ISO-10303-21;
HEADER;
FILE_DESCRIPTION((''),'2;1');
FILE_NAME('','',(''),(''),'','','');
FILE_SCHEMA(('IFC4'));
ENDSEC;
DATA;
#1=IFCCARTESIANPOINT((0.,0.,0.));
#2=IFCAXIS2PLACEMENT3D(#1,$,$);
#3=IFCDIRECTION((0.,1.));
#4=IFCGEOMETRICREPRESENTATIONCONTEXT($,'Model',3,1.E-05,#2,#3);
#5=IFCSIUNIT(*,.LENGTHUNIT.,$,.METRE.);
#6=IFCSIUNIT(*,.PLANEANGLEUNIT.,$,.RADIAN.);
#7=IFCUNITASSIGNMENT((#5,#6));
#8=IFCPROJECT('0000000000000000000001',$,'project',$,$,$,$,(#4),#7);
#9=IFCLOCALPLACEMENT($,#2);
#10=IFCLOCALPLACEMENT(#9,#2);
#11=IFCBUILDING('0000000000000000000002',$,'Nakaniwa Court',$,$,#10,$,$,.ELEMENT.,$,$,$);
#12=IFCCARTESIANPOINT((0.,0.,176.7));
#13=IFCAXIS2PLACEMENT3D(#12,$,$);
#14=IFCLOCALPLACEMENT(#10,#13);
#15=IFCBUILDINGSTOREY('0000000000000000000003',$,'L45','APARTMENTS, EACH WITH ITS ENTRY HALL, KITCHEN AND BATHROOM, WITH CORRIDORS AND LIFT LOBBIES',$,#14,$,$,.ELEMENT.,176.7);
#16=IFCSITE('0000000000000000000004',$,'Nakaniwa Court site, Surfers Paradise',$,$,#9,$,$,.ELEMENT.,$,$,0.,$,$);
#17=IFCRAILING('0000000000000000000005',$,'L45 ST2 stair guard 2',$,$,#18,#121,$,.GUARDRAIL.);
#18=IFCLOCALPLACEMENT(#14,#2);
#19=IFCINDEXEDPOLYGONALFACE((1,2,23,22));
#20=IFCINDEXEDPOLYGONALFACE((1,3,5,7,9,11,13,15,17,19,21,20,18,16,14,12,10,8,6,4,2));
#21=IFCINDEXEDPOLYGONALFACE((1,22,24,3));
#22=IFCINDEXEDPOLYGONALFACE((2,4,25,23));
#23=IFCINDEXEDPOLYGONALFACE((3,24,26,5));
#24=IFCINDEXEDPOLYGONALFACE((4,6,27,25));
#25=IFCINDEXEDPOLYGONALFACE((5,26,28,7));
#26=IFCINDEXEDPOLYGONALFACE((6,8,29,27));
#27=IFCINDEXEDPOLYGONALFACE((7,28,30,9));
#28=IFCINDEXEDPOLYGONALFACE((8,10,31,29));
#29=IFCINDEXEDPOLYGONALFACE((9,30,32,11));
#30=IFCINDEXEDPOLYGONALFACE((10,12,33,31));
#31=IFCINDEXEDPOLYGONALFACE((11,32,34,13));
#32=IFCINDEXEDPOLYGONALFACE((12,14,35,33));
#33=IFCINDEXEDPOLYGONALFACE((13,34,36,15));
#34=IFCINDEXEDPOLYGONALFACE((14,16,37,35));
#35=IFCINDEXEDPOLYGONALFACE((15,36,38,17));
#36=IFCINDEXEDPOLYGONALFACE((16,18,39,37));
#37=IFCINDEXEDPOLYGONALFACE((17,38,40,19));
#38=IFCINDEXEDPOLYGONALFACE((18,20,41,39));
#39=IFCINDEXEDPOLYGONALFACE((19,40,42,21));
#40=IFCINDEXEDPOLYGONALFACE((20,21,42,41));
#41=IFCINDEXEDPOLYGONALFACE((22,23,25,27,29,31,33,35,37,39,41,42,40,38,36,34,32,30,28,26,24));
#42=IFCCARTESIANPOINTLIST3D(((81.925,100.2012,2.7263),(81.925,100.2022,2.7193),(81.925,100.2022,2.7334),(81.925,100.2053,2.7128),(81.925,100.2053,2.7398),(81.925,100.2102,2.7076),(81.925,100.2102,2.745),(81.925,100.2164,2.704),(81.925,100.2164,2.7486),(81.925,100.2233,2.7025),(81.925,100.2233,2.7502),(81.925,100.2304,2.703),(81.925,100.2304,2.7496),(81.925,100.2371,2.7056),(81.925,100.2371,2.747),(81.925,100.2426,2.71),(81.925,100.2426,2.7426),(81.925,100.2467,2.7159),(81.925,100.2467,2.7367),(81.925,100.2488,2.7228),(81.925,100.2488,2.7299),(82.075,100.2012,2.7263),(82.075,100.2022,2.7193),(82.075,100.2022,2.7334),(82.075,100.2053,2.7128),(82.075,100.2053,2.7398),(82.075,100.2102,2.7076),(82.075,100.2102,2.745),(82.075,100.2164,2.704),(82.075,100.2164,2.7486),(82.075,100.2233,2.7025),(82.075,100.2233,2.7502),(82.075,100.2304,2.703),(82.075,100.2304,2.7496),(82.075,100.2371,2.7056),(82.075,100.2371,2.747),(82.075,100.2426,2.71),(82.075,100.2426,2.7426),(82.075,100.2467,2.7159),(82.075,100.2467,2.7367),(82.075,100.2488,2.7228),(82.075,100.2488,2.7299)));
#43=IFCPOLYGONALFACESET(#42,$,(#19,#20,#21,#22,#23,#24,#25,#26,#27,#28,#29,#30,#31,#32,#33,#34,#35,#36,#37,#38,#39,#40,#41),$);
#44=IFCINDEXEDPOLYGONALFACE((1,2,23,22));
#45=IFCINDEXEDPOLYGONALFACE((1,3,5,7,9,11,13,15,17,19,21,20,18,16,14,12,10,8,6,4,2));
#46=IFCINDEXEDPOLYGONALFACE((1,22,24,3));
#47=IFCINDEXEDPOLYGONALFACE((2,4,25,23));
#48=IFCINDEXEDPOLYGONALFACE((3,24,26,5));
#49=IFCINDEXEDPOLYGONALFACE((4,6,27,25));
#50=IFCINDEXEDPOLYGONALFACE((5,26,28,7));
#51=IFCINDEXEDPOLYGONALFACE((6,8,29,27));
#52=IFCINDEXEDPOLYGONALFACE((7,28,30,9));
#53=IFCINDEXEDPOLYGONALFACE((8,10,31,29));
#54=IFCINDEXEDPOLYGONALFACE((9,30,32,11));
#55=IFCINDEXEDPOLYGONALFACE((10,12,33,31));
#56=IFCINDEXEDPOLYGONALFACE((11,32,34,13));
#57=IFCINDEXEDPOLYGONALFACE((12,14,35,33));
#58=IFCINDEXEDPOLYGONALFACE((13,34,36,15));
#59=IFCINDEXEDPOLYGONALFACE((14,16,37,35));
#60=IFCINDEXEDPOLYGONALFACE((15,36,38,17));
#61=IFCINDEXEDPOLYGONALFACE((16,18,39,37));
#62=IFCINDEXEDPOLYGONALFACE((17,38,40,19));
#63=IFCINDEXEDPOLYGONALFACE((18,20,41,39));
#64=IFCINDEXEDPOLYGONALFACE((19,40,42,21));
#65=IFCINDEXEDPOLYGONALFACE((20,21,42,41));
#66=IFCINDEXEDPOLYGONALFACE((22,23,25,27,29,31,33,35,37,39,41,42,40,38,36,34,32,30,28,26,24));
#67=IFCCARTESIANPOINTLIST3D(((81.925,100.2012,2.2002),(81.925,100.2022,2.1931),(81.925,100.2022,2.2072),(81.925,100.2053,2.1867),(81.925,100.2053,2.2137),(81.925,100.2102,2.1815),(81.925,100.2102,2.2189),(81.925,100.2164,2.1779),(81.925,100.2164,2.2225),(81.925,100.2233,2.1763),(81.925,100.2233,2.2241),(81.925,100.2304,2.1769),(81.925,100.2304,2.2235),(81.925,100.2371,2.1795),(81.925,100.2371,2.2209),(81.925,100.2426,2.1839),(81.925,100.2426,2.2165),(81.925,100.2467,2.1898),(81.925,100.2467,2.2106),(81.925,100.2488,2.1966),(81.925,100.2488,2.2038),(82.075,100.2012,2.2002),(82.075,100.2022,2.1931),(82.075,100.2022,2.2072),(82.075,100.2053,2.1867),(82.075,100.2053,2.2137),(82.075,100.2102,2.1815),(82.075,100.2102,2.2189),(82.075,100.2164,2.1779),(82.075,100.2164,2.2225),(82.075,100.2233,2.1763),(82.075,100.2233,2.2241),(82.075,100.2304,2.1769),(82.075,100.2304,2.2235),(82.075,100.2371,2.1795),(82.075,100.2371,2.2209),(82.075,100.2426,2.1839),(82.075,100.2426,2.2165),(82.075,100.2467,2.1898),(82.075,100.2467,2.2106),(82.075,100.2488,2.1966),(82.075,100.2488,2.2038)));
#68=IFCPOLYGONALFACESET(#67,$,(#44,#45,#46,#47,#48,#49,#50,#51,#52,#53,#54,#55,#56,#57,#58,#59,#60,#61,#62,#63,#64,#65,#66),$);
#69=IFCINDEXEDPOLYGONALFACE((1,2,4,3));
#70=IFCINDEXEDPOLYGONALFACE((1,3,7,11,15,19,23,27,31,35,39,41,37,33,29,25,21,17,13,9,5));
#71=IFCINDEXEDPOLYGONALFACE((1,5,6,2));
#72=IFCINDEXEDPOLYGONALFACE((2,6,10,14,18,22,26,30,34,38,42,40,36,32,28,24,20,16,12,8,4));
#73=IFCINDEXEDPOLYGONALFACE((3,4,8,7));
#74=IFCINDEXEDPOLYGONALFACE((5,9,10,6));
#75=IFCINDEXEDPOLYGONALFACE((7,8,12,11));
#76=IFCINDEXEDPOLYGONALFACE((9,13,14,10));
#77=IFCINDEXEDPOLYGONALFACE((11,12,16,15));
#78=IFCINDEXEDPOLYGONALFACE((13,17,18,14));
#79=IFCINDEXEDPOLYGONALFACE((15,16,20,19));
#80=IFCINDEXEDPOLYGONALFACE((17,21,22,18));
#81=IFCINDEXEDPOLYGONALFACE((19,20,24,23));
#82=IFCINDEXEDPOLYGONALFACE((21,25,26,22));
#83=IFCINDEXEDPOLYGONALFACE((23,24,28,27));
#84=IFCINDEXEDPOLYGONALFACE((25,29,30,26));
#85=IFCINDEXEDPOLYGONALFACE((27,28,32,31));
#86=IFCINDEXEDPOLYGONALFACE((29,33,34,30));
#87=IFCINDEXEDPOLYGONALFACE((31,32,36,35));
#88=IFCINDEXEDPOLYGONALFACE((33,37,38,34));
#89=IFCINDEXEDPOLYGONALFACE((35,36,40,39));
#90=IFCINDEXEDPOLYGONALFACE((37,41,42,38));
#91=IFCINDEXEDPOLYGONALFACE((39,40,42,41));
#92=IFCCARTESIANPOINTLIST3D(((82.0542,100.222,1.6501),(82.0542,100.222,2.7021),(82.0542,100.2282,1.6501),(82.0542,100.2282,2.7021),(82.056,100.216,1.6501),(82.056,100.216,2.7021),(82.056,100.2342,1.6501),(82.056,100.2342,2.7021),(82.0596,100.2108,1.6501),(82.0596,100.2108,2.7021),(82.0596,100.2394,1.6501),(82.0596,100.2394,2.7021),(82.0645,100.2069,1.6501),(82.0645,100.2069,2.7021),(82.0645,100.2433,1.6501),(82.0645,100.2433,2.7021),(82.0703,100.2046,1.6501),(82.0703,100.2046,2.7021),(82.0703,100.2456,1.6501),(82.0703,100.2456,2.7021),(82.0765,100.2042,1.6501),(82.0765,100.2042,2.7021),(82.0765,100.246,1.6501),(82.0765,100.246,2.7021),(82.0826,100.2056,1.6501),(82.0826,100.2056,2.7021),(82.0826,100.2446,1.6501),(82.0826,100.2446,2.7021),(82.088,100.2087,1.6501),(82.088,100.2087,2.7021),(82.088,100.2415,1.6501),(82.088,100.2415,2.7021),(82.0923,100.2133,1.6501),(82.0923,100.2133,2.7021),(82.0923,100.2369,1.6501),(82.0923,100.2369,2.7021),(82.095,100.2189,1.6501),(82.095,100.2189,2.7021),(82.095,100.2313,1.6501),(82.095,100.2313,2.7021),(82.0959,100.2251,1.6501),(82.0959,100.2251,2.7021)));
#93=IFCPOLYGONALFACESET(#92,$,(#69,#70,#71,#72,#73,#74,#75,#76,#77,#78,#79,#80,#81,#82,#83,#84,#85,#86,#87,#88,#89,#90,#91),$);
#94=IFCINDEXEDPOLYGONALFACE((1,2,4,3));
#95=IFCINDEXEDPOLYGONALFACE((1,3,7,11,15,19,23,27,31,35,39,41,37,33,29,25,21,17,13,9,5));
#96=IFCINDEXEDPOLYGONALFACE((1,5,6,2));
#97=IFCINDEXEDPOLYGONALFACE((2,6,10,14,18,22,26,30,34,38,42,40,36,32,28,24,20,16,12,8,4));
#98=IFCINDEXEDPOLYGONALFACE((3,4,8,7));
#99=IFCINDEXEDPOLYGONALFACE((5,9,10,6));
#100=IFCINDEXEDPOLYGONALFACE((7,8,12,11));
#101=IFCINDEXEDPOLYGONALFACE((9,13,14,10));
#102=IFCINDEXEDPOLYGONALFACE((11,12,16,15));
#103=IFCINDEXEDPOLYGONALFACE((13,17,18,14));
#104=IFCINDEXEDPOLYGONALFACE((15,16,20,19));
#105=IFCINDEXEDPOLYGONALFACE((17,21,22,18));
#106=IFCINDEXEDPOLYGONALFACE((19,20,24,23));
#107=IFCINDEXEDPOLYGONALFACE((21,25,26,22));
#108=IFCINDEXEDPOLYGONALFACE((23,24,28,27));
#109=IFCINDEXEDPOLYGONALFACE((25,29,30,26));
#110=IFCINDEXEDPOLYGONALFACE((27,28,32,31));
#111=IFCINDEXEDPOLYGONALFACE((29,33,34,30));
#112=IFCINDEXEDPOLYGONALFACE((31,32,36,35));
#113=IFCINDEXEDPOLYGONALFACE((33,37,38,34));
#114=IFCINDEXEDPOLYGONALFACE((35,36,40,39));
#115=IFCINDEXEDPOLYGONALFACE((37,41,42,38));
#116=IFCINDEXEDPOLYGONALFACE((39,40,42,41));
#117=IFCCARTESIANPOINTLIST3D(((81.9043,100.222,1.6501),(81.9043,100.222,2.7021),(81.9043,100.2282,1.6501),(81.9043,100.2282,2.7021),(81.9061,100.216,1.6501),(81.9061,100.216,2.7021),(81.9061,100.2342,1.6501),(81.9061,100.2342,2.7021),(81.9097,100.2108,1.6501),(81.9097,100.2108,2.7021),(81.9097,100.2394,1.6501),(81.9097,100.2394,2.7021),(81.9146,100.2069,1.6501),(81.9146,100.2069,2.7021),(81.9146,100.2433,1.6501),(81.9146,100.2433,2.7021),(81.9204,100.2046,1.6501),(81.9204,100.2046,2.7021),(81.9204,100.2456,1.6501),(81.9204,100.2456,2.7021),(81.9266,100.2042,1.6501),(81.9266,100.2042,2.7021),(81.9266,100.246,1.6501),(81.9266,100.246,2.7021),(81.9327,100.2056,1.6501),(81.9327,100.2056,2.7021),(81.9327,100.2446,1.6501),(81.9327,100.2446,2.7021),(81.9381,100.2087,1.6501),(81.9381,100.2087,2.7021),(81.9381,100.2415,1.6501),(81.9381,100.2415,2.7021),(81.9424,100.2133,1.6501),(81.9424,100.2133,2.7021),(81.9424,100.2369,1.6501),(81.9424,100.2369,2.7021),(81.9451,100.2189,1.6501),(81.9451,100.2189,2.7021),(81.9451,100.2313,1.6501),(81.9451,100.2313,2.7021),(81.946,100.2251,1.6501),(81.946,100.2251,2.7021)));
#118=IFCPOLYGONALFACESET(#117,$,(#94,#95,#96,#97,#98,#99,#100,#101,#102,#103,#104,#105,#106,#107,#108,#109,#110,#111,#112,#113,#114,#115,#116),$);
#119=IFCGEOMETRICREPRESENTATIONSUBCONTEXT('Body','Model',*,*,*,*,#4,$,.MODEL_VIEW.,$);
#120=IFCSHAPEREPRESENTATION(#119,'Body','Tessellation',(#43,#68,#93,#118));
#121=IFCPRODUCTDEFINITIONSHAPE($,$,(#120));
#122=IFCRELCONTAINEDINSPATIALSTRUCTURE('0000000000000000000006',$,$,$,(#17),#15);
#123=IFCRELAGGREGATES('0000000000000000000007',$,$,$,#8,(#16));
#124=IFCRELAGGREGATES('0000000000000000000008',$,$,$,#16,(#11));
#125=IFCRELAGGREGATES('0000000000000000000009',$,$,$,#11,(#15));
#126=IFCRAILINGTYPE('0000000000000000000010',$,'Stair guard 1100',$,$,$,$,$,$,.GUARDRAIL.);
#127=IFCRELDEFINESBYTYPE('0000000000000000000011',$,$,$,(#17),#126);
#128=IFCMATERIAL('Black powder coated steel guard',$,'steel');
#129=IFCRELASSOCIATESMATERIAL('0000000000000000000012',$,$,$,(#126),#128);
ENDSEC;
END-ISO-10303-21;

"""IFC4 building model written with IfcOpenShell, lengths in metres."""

from ifc_helpers import new_model, si_unit, direction, frame, origin, origin_2d, place, context, subcontext, project, spatial, circle, extrude, material, type_object, element, save


model = new_model("IFC4")

# Units and contexts
model_context = context("Model", 3, precision=1e-05, world=origin(), true_north=direction((0.0, 1.0)))
body_context = subcontext(model_context, "Body", "Model", "MODEL_VIEW")
ifc_project = project(units=[si_unit("LENGTHUNIT", "METRE"), si_unit("PLANEANGLEUNIT", "RADIAN")], contexts=[model_context])

# Site, building, storey
site_placement = place(None, origin())
site = spatial("IfcSite", under=ifc_project, at=site_placement, Name="Nakaniwa Court site, Surfers Paradise", CompositionType="ELEMENT", RefElevation=0.0)
building_placement = place(site_placement, origin())
building = spatial("IfcBuilding", under=site, at=building_placement, Name="Nakaniwa Court", CompositionType="ELEMENT")
storey_placement = place(building_placement, frame((0.0, 0.0, 176.7)))
storey = spatial("IfcBuildingStorey", under=building, at=storey_placement, Name="L45", Description="APARTMENTS, EACH WITH ITS ENTRY HALL, KITCHEN AND BATHROOM, WITH CORRIDORS AND LIFT LOBBIES", CompositionType="ELEMENT", Elevation=176.7)

# Railing
ifc_material_1 = material(Name="Black powder coated steel guard", Category="steel")
railing_type_1 = type_object("IfcRailingType", Name="Stair guard 1100", PredefinedType="GUARDRAIL", material=ifc_material_1)
railing_1_placement = place(storey_placement, frame((82.075, 100.2251, 1.6501)))
element("IfcRailing", 1, at=railing_1_placement, inside=storey, type_object=railing_type_1, Name="L45 ST2 stair guard 2", PredefinedType="GUARDRAIL", context=body_context, shape_type="SweptSolid", body=[
    extrude(circle(Radius=0.0239, at=origin_2d()), frame((0.0, 0.0, 1.0762), z_axis=(-1.0, 0.0, 0.0), x_axis=(0.0, -1.0, 0.0)), (0.0, 0.0, 1.0), 0.1499),
    extrude(circle(Radius=0.0239, at=origin_2d()), frame((0.0, 0.0, 0.55), z_axis=(-1.0, 0.0, 0.0), x_axis=(0.0, -1.0, 0.0)), (0.0, 0.0, 1.0), 0.1499),
    extrude(circle(Radius=0.021, at=origin_2d()), origin(), (0.0, 0.0, 1.0), 1.052),
    extrude(circle(Radius=0.021, at=origin_2d()), frame((-0.1499, 0.0, 0.0)), (0.0, 0.0, 1.0), 1.052),
])

save(model, "model.ifc")
